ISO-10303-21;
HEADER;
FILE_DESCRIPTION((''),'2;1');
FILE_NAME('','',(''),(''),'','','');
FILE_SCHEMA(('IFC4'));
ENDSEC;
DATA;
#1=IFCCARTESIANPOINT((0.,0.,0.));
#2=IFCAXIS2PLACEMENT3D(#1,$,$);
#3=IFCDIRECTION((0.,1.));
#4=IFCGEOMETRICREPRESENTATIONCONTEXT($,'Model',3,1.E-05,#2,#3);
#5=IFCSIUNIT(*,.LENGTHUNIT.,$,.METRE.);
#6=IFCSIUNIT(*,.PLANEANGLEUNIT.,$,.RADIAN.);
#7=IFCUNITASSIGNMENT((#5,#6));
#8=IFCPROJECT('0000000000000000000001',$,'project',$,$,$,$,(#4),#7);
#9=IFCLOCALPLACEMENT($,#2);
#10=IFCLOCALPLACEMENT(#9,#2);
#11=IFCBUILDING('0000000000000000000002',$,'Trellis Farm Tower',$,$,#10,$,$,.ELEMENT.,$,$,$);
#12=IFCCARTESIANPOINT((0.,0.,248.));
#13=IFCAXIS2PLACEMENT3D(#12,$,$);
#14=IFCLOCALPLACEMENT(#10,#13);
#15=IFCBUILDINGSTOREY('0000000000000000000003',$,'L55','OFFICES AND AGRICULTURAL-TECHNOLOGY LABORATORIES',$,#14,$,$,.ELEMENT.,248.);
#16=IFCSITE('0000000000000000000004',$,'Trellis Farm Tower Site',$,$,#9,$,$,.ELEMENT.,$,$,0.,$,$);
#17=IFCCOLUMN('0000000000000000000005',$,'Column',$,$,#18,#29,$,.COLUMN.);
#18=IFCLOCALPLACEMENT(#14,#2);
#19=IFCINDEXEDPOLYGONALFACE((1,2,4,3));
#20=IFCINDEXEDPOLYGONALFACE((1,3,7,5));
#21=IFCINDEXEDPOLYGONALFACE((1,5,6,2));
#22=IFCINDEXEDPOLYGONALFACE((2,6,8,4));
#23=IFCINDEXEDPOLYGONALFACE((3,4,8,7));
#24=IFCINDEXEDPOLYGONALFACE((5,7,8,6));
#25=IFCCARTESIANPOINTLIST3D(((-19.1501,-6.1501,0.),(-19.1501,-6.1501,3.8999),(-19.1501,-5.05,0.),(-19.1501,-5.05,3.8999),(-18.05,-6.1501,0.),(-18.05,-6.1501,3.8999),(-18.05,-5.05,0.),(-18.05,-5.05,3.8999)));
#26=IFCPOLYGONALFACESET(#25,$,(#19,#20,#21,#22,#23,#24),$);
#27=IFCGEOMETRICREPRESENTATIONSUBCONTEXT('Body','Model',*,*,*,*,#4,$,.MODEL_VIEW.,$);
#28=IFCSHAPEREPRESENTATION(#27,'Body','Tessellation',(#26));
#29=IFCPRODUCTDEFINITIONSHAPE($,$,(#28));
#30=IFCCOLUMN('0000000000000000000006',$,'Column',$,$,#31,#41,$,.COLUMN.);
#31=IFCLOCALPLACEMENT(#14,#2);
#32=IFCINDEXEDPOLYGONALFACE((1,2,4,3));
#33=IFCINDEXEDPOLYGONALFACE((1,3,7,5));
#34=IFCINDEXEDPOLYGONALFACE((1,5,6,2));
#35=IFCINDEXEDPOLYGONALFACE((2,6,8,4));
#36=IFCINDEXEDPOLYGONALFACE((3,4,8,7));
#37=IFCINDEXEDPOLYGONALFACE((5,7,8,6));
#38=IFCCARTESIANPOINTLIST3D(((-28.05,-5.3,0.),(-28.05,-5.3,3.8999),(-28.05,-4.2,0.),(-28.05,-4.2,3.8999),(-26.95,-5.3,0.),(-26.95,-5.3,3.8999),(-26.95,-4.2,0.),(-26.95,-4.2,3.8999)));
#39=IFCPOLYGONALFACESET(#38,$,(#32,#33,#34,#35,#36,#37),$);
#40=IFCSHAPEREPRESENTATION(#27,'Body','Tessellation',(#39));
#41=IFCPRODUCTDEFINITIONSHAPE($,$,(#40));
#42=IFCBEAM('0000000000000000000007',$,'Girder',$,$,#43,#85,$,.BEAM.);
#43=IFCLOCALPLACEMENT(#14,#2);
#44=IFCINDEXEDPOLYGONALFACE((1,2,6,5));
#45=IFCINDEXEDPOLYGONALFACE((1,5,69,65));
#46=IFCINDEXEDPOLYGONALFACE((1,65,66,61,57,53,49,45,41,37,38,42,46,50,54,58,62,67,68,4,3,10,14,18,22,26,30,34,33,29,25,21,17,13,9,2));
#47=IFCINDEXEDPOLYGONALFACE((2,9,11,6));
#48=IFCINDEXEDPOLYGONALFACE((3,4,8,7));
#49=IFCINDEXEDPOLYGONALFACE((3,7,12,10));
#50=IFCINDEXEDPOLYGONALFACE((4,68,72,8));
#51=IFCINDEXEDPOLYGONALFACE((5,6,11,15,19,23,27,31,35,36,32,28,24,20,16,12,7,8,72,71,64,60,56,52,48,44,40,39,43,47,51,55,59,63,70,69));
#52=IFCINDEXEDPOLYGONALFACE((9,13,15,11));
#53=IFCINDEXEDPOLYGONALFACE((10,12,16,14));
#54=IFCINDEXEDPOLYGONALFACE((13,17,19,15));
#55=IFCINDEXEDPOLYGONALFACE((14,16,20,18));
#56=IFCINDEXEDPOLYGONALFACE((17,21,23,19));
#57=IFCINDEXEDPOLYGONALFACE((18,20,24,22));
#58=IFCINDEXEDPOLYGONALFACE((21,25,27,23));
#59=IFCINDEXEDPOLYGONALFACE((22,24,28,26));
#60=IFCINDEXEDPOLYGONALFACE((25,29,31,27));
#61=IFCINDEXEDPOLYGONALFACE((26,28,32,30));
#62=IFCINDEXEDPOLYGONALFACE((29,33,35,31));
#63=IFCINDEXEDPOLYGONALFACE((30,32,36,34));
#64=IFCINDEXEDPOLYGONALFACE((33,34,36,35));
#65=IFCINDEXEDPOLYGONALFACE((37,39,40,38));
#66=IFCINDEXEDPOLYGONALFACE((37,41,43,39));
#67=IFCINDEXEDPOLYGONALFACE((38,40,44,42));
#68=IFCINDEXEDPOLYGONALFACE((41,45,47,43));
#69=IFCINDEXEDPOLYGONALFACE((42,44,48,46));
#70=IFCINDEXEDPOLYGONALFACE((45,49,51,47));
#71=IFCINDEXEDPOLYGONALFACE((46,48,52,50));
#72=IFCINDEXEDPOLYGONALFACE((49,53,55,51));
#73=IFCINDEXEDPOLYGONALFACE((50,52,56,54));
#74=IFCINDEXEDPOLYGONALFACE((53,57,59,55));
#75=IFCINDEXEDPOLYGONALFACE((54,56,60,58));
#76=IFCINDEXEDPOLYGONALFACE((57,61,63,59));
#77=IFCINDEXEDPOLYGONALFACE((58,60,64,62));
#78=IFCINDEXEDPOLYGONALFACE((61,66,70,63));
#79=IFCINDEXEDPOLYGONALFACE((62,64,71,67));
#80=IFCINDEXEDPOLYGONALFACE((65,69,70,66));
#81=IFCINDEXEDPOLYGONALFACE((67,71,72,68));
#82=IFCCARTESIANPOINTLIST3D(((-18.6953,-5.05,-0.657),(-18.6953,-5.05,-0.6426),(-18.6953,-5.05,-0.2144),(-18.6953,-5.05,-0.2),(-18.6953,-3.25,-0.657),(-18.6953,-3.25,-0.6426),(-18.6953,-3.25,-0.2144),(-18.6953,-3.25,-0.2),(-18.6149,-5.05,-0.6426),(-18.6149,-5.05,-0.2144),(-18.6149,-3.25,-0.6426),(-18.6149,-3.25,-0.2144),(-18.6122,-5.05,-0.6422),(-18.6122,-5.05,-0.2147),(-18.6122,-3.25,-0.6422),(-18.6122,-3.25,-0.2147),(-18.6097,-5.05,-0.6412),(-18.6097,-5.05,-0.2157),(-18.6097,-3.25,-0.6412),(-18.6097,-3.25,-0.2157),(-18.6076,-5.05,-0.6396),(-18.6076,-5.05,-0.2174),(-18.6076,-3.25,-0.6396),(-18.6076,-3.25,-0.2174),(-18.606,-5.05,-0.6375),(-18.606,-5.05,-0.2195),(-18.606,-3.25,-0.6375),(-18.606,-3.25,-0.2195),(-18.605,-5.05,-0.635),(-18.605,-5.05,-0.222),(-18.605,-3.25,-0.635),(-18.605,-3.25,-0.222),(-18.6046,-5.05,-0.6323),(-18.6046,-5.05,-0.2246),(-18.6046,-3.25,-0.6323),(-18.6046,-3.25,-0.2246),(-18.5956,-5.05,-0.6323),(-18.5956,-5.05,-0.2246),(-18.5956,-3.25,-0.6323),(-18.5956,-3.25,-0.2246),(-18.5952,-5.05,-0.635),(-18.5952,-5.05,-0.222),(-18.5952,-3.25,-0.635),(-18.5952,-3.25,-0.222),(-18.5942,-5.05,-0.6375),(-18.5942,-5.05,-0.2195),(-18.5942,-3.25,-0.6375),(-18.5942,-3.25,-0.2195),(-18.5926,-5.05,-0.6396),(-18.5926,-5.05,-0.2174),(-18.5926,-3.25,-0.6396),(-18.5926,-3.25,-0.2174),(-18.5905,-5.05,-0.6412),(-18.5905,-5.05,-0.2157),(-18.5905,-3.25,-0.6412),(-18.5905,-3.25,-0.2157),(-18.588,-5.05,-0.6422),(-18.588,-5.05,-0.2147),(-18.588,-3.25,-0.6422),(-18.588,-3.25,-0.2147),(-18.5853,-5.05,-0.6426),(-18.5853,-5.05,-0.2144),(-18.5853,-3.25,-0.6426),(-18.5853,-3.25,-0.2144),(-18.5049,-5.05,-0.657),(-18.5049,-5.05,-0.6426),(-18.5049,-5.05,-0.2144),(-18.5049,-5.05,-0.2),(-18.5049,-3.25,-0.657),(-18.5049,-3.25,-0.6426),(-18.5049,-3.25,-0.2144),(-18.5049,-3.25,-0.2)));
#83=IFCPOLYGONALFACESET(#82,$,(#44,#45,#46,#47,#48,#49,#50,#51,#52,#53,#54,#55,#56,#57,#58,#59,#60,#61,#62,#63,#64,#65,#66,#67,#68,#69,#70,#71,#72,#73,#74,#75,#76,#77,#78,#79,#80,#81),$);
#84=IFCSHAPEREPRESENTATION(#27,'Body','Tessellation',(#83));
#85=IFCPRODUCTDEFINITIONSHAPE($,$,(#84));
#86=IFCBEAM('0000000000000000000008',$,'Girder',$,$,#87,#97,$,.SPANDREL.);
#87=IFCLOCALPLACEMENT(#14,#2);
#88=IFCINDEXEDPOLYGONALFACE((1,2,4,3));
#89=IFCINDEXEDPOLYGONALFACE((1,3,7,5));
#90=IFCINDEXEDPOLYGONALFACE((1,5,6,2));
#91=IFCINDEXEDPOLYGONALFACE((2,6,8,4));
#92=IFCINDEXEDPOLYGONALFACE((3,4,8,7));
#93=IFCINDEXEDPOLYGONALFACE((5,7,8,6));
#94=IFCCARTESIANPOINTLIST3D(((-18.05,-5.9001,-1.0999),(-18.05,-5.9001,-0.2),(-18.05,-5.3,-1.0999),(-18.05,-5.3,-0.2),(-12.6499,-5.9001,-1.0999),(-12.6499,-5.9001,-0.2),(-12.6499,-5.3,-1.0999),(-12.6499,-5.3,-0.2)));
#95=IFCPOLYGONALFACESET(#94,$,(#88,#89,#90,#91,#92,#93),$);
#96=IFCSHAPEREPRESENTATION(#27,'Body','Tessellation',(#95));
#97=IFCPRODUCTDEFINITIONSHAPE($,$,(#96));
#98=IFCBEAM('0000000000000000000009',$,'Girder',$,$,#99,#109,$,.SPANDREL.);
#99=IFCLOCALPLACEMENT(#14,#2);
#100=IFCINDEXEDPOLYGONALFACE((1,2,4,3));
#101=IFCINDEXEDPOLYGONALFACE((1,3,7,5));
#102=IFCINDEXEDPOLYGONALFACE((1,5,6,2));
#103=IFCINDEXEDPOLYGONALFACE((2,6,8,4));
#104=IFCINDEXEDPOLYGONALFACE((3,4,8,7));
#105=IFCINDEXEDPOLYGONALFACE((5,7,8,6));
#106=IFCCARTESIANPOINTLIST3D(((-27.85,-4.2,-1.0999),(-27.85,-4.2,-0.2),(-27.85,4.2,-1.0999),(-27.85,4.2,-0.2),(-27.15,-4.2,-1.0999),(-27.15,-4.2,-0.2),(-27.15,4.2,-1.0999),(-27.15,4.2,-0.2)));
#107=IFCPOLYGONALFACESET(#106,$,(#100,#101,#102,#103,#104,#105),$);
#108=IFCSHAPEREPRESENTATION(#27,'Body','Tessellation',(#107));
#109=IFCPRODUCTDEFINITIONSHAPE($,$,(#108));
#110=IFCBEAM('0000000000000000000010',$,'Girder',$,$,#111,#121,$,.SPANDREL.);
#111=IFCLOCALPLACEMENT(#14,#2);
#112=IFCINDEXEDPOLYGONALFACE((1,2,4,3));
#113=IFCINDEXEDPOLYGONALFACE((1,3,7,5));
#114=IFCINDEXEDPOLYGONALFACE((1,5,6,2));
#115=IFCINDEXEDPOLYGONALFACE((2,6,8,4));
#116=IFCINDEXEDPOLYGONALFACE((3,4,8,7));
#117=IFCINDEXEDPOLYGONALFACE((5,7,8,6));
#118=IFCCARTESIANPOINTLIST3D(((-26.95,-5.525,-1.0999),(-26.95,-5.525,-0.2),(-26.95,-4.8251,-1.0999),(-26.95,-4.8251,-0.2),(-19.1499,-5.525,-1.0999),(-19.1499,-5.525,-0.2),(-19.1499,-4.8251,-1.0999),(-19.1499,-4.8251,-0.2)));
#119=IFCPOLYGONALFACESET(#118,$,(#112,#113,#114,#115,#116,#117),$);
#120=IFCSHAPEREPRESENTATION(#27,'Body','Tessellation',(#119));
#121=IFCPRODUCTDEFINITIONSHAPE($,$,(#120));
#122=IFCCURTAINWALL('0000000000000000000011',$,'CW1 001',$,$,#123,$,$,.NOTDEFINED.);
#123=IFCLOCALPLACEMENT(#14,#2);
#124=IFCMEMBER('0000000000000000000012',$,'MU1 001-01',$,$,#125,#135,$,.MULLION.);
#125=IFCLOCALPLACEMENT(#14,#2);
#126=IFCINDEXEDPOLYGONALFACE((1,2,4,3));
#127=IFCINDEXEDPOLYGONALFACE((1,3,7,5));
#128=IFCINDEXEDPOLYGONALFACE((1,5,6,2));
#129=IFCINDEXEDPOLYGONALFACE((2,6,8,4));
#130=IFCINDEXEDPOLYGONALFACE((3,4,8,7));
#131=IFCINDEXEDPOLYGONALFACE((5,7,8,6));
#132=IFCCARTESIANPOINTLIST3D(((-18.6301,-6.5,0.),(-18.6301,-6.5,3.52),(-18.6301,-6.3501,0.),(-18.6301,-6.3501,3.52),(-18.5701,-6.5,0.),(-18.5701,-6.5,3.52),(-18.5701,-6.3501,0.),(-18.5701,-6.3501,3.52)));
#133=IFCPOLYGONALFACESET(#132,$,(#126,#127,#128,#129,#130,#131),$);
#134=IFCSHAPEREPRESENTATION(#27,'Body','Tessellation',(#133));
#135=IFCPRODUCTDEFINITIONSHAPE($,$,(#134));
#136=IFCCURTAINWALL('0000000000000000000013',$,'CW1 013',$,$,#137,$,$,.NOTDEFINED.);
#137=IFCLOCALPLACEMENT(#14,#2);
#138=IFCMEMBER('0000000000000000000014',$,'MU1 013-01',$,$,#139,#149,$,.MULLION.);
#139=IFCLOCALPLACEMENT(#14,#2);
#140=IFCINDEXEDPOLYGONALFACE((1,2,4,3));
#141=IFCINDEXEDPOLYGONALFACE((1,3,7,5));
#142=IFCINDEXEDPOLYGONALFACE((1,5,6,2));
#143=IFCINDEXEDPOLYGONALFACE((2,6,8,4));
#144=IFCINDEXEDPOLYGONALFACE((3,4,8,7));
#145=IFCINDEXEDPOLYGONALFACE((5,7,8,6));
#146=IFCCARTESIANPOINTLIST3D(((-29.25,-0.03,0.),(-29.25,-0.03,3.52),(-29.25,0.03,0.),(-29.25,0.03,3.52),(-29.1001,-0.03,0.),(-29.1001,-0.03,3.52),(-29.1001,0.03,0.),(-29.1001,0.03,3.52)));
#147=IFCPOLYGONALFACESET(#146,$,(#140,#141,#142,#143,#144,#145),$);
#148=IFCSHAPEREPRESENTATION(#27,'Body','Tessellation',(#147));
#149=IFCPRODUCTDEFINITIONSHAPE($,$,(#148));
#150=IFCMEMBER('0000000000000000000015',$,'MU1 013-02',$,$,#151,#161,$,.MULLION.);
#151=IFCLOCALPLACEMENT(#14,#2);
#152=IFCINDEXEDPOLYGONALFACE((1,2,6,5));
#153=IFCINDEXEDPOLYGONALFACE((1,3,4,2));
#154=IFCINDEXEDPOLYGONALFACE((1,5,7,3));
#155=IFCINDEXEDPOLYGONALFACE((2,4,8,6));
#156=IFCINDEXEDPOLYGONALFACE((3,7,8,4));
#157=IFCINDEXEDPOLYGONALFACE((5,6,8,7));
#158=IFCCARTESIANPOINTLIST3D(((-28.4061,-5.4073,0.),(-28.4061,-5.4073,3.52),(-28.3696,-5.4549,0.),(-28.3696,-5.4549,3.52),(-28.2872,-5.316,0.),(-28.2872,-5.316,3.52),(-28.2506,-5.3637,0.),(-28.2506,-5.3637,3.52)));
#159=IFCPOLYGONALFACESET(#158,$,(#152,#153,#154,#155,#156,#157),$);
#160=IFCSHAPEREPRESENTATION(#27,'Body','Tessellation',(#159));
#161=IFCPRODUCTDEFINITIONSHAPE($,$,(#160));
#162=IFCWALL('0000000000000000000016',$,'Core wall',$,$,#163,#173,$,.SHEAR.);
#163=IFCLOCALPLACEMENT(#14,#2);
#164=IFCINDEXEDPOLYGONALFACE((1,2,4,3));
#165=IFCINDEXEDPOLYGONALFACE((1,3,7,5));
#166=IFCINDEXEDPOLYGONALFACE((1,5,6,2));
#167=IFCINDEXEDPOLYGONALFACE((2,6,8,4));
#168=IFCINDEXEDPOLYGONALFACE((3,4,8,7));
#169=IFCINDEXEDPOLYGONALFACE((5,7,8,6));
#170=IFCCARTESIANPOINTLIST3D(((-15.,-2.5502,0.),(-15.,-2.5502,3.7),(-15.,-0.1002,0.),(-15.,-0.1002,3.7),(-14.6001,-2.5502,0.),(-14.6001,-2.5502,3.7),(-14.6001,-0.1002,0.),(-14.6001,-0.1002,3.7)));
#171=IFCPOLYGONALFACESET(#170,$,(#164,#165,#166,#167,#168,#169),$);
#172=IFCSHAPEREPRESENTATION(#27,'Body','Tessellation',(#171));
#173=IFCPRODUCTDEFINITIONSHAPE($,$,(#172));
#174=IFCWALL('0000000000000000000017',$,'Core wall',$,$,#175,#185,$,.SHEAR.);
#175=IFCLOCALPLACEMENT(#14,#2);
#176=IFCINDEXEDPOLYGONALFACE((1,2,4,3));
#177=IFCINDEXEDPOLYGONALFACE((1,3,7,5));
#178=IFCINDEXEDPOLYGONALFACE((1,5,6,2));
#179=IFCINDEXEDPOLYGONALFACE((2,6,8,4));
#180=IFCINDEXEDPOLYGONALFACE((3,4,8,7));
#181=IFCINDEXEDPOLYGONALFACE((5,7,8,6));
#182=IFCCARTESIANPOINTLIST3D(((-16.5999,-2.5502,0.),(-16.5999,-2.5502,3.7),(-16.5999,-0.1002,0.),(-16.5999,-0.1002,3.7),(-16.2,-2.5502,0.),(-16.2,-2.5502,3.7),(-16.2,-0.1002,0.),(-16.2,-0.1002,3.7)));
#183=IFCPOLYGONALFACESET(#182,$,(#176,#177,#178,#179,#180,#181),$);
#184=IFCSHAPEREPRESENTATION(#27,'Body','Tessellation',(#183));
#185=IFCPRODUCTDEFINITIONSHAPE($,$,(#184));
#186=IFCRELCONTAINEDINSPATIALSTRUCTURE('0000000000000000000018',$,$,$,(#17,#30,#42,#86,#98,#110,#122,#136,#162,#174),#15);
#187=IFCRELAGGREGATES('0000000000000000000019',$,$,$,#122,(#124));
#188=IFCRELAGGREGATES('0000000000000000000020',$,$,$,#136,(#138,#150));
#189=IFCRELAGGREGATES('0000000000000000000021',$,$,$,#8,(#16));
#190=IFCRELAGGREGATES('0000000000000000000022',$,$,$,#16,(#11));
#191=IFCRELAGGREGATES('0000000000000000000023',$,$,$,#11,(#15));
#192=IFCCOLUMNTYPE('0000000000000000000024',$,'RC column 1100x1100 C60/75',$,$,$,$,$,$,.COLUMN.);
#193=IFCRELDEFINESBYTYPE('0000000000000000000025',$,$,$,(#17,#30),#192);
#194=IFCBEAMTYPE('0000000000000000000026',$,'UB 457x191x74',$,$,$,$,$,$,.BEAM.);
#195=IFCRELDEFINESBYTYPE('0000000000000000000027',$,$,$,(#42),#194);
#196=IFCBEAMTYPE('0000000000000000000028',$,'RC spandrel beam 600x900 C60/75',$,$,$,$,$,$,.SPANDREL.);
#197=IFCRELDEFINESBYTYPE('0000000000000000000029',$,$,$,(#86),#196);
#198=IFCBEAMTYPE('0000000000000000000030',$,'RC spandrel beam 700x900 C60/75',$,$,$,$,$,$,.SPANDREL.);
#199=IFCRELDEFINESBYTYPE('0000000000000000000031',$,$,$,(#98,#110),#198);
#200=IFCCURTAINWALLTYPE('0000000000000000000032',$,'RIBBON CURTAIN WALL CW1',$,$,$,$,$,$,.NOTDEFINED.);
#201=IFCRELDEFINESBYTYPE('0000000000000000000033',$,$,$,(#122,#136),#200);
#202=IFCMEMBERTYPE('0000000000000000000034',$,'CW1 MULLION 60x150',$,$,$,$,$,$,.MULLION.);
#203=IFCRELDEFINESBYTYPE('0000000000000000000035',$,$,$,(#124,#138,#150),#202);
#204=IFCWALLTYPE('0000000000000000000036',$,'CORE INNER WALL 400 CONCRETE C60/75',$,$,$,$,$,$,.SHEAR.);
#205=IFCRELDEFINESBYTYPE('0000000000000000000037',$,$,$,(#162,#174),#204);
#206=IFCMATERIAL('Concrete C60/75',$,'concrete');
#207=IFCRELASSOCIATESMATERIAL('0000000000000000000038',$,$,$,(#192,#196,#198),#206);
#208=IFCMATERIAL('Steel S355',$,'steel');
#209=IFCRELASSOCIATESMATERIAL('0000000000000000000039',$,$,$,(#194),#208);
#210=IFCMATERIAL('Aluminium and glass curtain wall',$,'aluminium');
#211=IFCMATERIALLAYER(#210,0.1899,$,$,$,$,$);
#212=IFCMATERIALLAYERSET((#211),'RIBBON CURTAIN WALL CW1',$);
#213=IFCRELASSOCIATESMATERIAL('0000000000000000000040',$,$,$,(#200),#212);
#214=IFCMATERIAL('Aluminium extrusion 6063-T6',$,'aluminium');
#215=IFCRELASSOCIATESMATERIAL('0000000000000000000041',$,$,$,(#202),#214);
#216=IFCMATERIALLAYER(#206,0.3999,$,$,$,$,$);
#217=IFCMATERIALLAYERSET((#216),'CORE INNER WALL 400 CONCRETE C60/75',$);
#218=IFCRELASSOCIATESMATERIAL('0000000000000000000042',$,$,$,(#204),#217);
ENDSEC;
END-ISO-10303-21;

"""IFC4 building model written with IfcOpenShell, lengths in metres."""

from ifc_helpers import new_model, si_unit, direction, frame, frame_2d, origin, origin_2d, place, context, subcontext, project, spatial, rectangle, i_section, extrude, source, transform, mapped, material, layer, layer_set, material_profile, profile_set, type_object, element, aggregate, save


model = new_model("IFC4")

# Units and contexts
model_context = context("Model", 3, precision=1e-05, world=origin(), true_north=direction((0.0, 1.0)))
body_context = subcontext(model_context, "Body", "Model", "MODEL_VIEW")
ifc_project = project(units=[si_unit("LENGTHUNIT", "METRE"), si_unit("PLANEANGLEUNIT", "RADIAN")], contexts=[model_context])

# Site, building, storey
site_placement = place(None, origin())
site = spatial("IfcSite", under=ifc_project, at=site_placement, Name="Trellis Farm Tower Site", CompositionType="ELEMENT", RefElevation=0.0)
building_placement = place(site_placement, origin())
building = spatial("IfcBuilding", under=site, at=building_placement, Name="Trellis Farm Tower", CompositionType="ELEMENT")
storey_placement = place(building_placement, frame((0.0, 0.0, 248.0)))
storey = spatial("IfcBuildingStorey", under=building, at=storey_placement, Name="L55", Description="OFFICES AND AGRICULTURAL-TECHNOLOGY LABORATORIES", CompositionType="ELEMENT", Elevation=248.0)

# Columns
ifc_material_1 = material(Name="Concrete C60/75", Category="concrete")
ifc_material_profile_1 = material_profile(ifc_material_1, rectangle(XDim=1.1001, YDim=1.1001, at=origin_2d()), Name="RC column 1100x1100 C60/75")
ifc_profile_set_1 = profile_set([ifc_material_profile_1], Name="Concrete C60/75")
column_type = type_object("IfcColumnType", Name="RC column 1100x1100 C60/75", PredefinedType="COLUMN", material=ifc_profile_set_1)
shared_shape_1 = source(origin(), body_context, "Body", "SweptSolid", [
    extrude(rectangle(XDim=1.1001, YDim=1.1001, at=origin_2d()), origin(), (0.0, 0.0, 1.0), 3.8999),
])
for number, where, z_axis, x_axis, name in (
    (1, (-18.6001, -5.6001, 0.0), (0.0, 0.0, 1.0), (1.0, 0.0, 0.0), "Column"),
    (2, (-27.5, -4.75, 0.0), (0.0, 0.0, 1.0), (1.0, 0.0, 0.0), "Column"),
):
    element("IfcColumn", number, at=place(storey_placement, frame(where, z_axis=z_axis, x_axis=x_axis)), inside=storey, type_object=column_type, Name=name, PredefinedType="COLUMN", context=body_context, shape_type="MappedRepresentation", body=[
        mapped(shared_shape_1, transform((0.0, 0.0, 0.0))),
    ])

# Beams
ifc_material_2 = material(Name="Steel S355", Category="steel")
ifc_material_profile_2 = material_profile(ifc_material_2, i_section(OverallWidth=0.1904, OverallDepth=0.457, WebThickness=0.009, FlangeThickness=0.0144, FilletRadius=0.0103, at=origin_2d()), Name="UB 457x191x74")
ifc_profile_set_2 = profile_set([ifc_material_profile_2], Name="Steel S355")
beam_type_1 = type_object("IfcBeamType", Name="UB 457x191x74", PredefinedType="BEAM", material=ifc_profile_set_2)
shared_shape_2 = source(origin(), body_context, "Body", "SweptSolid", [
    extrude(i_section(OverallWidth=0.1904, OverallDepth=0.457, WebThickness=0.009, FlangeThickness=0.0144, FilletRadius=0.0103, at=origin_2d()), origin(), (0.0, 0.0, 1.0), 1.8),
])
beam_1_placement = place(storey_placement, frame((-18.6001, -5.05, -0.4285), z_axis=(0.0, 1.0, 0.0), x_axis=(-1.0, 0.0, 0.0)))
element("IfcBeam", 3, at=beam_1_placement, inside=storey, type_object=beam_type_1, Name="Girder", PredefinedType="BEAM", context=body_context, shape_type="MappedRepresentation", body=[
    mapped(shared_shape_2, transform((0.0, 0.0, 0.0))),
])
ifc_material_profile_3 = material_profile(ifc_material_1, rectangle(XDim=0.6001, YDim=0.8999, at=origin_2d()), Name="RC spandrel beam 600x900 C60/75")
ifc_profile_set_3 = profile_set([ifc_material_profile_3], Name="Concrete C60/75")
beam_type_2 = type_object("IfcBeamType", Name="RC spandrel beam 600x900 C60/75", PredefinedType="SPANDREL", material=ifc_profile_set_3)
shared_shape_3 = source(origin(), body_context, "Body", "SweptSolid", [
    extrude(rectangle(XDim=0.6001, YDim=0.8999, at=origin_2d()), origin(), (0.0, 0.0, 1.0), 5.4001),
])
beam_2_placement = place(storey_placement, frame((-18.05, -5.6001, -0.6499), z_axis=(1.0, 0.0, 0.0), x_axis=(0.0, 1.0, 0.0)))
element("IfcBeam", 4, at=beam_2_placement, inside=storey, type_object=beam_type_2, Name="Girder", PredefinedType="SPANDREL", context=body_context, shape_type="MappedRepresentation", body=[
    mapped(shared_shape_3, transform((0.0, 0.0, 0.0))),
])
ifc_material_profile_4 = material_profile(ifc_material_1, rectangle(XDim=0.7, YDim=0.8999, at=origin_2d()), Name="RC spandrel beam 700x900 C60/75")
ifc_profile_set_4 = profile_set([ifc_material_profile_4], Name="Concrete C60/75")
beam_type_3 = type_object("IfcBeamType", Name="RC spandrel beam 700x900 C60/75", PredefinedType="SPANDREL", material=ifc_profile_set_4)
shared_shape_4 = source(origin(), body_context, "Body", "SweptSolid", [
    extrude(rectangle(XDim=0.7, YDim=0.8999, at=origin_2d()), origin(), (0.0, 0.0, 1.0), 8.3999),
])
beam_3_placement = place(storey_placement, frame((-27.5, -4.2, -0.6499), z_axis=(0.0, 1.0, 0.0), x_axis=(-1.0, 0.0, 0.0)))
element("IfcBeam", 5, at=beam_3_placement, inside=storey, type_object=beam_type_3, Name="Girder", PredefinedType="SPANDREL", context=body_context, shape_type="MappedRepresentation", body=[
    mapped(shared_shape_4, transform((0.0, 0.0, 0.0))),
])
shared_shape_5 = source(origin(), body_context, "Body", "SweptSolid", [
    extrude(rectangle(XDim=0.7, YDim=0.8999, at=origin_2d()), origin(), (0.0, 0.0, 1.0), 7.8),
])
beam_4_placement = place(storey_placement, frame((-26.95, -5.175, -0.6499), z_axis=(1.0, 0.0, 0.0), x_axis=(0.0, 1.0, 0.0)))
element("IfcBeam", 6, at=beam_4_placement, inside=storey, type_object=beam_type_3, Name="Girder", PredefinedType="SPANDREL", context=body_context, shape_type="MappedRepresentation", body=[
    mapped(shared_shape_5, transform((0.0, 0.0, 0.0))),
])

# Curtain wall, member
ifc_material_3 = material(Name="Aluminium and glass curtain wall", Category="aluminium")
ifc_layer_1 = layer(ifc_material_3, 0.1899)
ifc_layer_set_1 = layer_set([ifc_layer_1], Name="RIBBON CURTAIN WALL CW1")
curtain_wall_type = type_object("IfcCurtainWallType", Name="RIBBON CURTAIN WALL CW1", PredefinedType="NOTDEFINED", material=ifc_layer_set_1)
placement = place(storey_placement, origin())
curtain_wall_1 = element("IfcCurtainWall", 7, at=placement, inside=storey, type_object=curtain_wall_type, Name="CW1 001", PredefinedType="NOTDEFINED")
ifc_material_4 = material(Name="Aluminium extrusion 6063-T6", Category="aluminium")
ifc_material_profile_5 = material_profile(ifc_material_4, rectangle(XDim=0.0601, YDim=0.1499, at=origin_2d()), Name="MULLION 60x150")
ifc_profile_set_5 = profile_set([ifc_material_profile_5], Name="Aluminium extrusion 6063-T6")
member_type = type_object("IfcMemberType", Name="CW1 MULLION 60x150", PredefinedType="MULLION", material=ifc_profile_set_5)
shared_shape_6 = source(origin(), body_context, "Body", "SweptSolid", [
    extrude(rectangle(XDim=0.0601, YDim=0.1499, at=origin_2d()), origin(), (0.0, 0.0, 1.0), 3.52),
])
member_1_placement = place(storey_placement, frame((-18.6001, -6.425, 0.0), z_axis=(0.0, 0.0, 1.0), x_axis=(1.0, 0.0, 0.0)))
member_1 = element("IfcMember", 8, at=member_1_placement, type_object=member_type, Name="MU1 001-01", PredefinedType="MULLION", context=body_context, shape_type="MappedRepresentation", body=[
    mapped(shared_shape_6, transform((0.0, 0.0, 0.0))),
])
aggregate(curtain_wall_1, [member_1])

# Curtain wall, members
curtain_wall_2 = element("IfcCurtainWall", 9, at=placement, inside=storey, type_object=curtain_wall_type, Name="CW1 013", PredefinedType="NOTDEFINED")
member_2_placement = place(storey_placement, frame((-29.175, 0.0, 0.0), z_axis=(0.0, 0.0, 1.0), x_axis=(0.0, -1.0, 0.0)))
member_2 = element("IfcMember", 10, at=member_2_placement, type_object=member_type, Name="MU1 013-01", PredefinedType="MULLION", context=body_context, shape_type="MappedRepresentation", body=[
    mapped(shared_shape_6, transform((0.0, 0.0, 0.0))),
])
member_3_placement = place(storey_placement, frame((-28.3284, -5.3855, 0.0), z_axis=(0.0, 0.0, 1.0), x_axis=(0.608761, -0.793353, 0.0)))
member_3 = element("IfcMember", 11, at=member_3_placement, type_object=member_type, Name="MU1 013-02", PredefinedType="MULLION", context=body_context, shape_type="MappedRepresentation", body=[
    mapped(shared_shape_6, transform((0.0, 0.0, 0.0))),
])
aggregate(curtain_wall_2, [member_2, member_3])

# Walls
ifc_layer_2 = layer(ifc_material_1, 0.3999)
ifc_layer_set_2 = layer_set([ifc_layer_2], Name="CORE INNER WALL 400 CONCRETE C60/75")
wall_type_1 = type_object("IfcWallType", Name="CORE INNER WALL 400 CONCRETE C60/75", PredefinedType="SHEAR", material=ifc_layer_set_2)
shared_shape_7 = source(origin(), body_context, "Body", "SweptSolid", [
    extrude(rectangle(XDim=2.45, YDim=0.3999, at=frame_2d((1.2251, 0.0))), origin(), (0.0, 0.0, 1.0), 3.7),
])
for number, where, z_axis, x_axis, name in (
    (12, (-14.8, -0.1001, 0.0), (0.0, 0.0, 1.0), (0.0, -1.0, 0.0), "Core wall"),
    (13, (-16.3999, -0.1001, 0.0), (0.0, 0.0, 1.0), (0.0, -1.0, 0.0), "Core wall"),
):
    element("IfcWall", number, at=place(storey_placement, frame(where, z_axis=z_axis, x_axis=x_axis)), inside=storey, type_object=wall_type_1, Name=name, PredefinedType="SHEAR", context=body_context, shape_type="MappedRepresentation", body=[
        mapped(shared_shape_7, transform((0.0, 0.0, 0.0))),
    ])

save(model, "model.ifc")
